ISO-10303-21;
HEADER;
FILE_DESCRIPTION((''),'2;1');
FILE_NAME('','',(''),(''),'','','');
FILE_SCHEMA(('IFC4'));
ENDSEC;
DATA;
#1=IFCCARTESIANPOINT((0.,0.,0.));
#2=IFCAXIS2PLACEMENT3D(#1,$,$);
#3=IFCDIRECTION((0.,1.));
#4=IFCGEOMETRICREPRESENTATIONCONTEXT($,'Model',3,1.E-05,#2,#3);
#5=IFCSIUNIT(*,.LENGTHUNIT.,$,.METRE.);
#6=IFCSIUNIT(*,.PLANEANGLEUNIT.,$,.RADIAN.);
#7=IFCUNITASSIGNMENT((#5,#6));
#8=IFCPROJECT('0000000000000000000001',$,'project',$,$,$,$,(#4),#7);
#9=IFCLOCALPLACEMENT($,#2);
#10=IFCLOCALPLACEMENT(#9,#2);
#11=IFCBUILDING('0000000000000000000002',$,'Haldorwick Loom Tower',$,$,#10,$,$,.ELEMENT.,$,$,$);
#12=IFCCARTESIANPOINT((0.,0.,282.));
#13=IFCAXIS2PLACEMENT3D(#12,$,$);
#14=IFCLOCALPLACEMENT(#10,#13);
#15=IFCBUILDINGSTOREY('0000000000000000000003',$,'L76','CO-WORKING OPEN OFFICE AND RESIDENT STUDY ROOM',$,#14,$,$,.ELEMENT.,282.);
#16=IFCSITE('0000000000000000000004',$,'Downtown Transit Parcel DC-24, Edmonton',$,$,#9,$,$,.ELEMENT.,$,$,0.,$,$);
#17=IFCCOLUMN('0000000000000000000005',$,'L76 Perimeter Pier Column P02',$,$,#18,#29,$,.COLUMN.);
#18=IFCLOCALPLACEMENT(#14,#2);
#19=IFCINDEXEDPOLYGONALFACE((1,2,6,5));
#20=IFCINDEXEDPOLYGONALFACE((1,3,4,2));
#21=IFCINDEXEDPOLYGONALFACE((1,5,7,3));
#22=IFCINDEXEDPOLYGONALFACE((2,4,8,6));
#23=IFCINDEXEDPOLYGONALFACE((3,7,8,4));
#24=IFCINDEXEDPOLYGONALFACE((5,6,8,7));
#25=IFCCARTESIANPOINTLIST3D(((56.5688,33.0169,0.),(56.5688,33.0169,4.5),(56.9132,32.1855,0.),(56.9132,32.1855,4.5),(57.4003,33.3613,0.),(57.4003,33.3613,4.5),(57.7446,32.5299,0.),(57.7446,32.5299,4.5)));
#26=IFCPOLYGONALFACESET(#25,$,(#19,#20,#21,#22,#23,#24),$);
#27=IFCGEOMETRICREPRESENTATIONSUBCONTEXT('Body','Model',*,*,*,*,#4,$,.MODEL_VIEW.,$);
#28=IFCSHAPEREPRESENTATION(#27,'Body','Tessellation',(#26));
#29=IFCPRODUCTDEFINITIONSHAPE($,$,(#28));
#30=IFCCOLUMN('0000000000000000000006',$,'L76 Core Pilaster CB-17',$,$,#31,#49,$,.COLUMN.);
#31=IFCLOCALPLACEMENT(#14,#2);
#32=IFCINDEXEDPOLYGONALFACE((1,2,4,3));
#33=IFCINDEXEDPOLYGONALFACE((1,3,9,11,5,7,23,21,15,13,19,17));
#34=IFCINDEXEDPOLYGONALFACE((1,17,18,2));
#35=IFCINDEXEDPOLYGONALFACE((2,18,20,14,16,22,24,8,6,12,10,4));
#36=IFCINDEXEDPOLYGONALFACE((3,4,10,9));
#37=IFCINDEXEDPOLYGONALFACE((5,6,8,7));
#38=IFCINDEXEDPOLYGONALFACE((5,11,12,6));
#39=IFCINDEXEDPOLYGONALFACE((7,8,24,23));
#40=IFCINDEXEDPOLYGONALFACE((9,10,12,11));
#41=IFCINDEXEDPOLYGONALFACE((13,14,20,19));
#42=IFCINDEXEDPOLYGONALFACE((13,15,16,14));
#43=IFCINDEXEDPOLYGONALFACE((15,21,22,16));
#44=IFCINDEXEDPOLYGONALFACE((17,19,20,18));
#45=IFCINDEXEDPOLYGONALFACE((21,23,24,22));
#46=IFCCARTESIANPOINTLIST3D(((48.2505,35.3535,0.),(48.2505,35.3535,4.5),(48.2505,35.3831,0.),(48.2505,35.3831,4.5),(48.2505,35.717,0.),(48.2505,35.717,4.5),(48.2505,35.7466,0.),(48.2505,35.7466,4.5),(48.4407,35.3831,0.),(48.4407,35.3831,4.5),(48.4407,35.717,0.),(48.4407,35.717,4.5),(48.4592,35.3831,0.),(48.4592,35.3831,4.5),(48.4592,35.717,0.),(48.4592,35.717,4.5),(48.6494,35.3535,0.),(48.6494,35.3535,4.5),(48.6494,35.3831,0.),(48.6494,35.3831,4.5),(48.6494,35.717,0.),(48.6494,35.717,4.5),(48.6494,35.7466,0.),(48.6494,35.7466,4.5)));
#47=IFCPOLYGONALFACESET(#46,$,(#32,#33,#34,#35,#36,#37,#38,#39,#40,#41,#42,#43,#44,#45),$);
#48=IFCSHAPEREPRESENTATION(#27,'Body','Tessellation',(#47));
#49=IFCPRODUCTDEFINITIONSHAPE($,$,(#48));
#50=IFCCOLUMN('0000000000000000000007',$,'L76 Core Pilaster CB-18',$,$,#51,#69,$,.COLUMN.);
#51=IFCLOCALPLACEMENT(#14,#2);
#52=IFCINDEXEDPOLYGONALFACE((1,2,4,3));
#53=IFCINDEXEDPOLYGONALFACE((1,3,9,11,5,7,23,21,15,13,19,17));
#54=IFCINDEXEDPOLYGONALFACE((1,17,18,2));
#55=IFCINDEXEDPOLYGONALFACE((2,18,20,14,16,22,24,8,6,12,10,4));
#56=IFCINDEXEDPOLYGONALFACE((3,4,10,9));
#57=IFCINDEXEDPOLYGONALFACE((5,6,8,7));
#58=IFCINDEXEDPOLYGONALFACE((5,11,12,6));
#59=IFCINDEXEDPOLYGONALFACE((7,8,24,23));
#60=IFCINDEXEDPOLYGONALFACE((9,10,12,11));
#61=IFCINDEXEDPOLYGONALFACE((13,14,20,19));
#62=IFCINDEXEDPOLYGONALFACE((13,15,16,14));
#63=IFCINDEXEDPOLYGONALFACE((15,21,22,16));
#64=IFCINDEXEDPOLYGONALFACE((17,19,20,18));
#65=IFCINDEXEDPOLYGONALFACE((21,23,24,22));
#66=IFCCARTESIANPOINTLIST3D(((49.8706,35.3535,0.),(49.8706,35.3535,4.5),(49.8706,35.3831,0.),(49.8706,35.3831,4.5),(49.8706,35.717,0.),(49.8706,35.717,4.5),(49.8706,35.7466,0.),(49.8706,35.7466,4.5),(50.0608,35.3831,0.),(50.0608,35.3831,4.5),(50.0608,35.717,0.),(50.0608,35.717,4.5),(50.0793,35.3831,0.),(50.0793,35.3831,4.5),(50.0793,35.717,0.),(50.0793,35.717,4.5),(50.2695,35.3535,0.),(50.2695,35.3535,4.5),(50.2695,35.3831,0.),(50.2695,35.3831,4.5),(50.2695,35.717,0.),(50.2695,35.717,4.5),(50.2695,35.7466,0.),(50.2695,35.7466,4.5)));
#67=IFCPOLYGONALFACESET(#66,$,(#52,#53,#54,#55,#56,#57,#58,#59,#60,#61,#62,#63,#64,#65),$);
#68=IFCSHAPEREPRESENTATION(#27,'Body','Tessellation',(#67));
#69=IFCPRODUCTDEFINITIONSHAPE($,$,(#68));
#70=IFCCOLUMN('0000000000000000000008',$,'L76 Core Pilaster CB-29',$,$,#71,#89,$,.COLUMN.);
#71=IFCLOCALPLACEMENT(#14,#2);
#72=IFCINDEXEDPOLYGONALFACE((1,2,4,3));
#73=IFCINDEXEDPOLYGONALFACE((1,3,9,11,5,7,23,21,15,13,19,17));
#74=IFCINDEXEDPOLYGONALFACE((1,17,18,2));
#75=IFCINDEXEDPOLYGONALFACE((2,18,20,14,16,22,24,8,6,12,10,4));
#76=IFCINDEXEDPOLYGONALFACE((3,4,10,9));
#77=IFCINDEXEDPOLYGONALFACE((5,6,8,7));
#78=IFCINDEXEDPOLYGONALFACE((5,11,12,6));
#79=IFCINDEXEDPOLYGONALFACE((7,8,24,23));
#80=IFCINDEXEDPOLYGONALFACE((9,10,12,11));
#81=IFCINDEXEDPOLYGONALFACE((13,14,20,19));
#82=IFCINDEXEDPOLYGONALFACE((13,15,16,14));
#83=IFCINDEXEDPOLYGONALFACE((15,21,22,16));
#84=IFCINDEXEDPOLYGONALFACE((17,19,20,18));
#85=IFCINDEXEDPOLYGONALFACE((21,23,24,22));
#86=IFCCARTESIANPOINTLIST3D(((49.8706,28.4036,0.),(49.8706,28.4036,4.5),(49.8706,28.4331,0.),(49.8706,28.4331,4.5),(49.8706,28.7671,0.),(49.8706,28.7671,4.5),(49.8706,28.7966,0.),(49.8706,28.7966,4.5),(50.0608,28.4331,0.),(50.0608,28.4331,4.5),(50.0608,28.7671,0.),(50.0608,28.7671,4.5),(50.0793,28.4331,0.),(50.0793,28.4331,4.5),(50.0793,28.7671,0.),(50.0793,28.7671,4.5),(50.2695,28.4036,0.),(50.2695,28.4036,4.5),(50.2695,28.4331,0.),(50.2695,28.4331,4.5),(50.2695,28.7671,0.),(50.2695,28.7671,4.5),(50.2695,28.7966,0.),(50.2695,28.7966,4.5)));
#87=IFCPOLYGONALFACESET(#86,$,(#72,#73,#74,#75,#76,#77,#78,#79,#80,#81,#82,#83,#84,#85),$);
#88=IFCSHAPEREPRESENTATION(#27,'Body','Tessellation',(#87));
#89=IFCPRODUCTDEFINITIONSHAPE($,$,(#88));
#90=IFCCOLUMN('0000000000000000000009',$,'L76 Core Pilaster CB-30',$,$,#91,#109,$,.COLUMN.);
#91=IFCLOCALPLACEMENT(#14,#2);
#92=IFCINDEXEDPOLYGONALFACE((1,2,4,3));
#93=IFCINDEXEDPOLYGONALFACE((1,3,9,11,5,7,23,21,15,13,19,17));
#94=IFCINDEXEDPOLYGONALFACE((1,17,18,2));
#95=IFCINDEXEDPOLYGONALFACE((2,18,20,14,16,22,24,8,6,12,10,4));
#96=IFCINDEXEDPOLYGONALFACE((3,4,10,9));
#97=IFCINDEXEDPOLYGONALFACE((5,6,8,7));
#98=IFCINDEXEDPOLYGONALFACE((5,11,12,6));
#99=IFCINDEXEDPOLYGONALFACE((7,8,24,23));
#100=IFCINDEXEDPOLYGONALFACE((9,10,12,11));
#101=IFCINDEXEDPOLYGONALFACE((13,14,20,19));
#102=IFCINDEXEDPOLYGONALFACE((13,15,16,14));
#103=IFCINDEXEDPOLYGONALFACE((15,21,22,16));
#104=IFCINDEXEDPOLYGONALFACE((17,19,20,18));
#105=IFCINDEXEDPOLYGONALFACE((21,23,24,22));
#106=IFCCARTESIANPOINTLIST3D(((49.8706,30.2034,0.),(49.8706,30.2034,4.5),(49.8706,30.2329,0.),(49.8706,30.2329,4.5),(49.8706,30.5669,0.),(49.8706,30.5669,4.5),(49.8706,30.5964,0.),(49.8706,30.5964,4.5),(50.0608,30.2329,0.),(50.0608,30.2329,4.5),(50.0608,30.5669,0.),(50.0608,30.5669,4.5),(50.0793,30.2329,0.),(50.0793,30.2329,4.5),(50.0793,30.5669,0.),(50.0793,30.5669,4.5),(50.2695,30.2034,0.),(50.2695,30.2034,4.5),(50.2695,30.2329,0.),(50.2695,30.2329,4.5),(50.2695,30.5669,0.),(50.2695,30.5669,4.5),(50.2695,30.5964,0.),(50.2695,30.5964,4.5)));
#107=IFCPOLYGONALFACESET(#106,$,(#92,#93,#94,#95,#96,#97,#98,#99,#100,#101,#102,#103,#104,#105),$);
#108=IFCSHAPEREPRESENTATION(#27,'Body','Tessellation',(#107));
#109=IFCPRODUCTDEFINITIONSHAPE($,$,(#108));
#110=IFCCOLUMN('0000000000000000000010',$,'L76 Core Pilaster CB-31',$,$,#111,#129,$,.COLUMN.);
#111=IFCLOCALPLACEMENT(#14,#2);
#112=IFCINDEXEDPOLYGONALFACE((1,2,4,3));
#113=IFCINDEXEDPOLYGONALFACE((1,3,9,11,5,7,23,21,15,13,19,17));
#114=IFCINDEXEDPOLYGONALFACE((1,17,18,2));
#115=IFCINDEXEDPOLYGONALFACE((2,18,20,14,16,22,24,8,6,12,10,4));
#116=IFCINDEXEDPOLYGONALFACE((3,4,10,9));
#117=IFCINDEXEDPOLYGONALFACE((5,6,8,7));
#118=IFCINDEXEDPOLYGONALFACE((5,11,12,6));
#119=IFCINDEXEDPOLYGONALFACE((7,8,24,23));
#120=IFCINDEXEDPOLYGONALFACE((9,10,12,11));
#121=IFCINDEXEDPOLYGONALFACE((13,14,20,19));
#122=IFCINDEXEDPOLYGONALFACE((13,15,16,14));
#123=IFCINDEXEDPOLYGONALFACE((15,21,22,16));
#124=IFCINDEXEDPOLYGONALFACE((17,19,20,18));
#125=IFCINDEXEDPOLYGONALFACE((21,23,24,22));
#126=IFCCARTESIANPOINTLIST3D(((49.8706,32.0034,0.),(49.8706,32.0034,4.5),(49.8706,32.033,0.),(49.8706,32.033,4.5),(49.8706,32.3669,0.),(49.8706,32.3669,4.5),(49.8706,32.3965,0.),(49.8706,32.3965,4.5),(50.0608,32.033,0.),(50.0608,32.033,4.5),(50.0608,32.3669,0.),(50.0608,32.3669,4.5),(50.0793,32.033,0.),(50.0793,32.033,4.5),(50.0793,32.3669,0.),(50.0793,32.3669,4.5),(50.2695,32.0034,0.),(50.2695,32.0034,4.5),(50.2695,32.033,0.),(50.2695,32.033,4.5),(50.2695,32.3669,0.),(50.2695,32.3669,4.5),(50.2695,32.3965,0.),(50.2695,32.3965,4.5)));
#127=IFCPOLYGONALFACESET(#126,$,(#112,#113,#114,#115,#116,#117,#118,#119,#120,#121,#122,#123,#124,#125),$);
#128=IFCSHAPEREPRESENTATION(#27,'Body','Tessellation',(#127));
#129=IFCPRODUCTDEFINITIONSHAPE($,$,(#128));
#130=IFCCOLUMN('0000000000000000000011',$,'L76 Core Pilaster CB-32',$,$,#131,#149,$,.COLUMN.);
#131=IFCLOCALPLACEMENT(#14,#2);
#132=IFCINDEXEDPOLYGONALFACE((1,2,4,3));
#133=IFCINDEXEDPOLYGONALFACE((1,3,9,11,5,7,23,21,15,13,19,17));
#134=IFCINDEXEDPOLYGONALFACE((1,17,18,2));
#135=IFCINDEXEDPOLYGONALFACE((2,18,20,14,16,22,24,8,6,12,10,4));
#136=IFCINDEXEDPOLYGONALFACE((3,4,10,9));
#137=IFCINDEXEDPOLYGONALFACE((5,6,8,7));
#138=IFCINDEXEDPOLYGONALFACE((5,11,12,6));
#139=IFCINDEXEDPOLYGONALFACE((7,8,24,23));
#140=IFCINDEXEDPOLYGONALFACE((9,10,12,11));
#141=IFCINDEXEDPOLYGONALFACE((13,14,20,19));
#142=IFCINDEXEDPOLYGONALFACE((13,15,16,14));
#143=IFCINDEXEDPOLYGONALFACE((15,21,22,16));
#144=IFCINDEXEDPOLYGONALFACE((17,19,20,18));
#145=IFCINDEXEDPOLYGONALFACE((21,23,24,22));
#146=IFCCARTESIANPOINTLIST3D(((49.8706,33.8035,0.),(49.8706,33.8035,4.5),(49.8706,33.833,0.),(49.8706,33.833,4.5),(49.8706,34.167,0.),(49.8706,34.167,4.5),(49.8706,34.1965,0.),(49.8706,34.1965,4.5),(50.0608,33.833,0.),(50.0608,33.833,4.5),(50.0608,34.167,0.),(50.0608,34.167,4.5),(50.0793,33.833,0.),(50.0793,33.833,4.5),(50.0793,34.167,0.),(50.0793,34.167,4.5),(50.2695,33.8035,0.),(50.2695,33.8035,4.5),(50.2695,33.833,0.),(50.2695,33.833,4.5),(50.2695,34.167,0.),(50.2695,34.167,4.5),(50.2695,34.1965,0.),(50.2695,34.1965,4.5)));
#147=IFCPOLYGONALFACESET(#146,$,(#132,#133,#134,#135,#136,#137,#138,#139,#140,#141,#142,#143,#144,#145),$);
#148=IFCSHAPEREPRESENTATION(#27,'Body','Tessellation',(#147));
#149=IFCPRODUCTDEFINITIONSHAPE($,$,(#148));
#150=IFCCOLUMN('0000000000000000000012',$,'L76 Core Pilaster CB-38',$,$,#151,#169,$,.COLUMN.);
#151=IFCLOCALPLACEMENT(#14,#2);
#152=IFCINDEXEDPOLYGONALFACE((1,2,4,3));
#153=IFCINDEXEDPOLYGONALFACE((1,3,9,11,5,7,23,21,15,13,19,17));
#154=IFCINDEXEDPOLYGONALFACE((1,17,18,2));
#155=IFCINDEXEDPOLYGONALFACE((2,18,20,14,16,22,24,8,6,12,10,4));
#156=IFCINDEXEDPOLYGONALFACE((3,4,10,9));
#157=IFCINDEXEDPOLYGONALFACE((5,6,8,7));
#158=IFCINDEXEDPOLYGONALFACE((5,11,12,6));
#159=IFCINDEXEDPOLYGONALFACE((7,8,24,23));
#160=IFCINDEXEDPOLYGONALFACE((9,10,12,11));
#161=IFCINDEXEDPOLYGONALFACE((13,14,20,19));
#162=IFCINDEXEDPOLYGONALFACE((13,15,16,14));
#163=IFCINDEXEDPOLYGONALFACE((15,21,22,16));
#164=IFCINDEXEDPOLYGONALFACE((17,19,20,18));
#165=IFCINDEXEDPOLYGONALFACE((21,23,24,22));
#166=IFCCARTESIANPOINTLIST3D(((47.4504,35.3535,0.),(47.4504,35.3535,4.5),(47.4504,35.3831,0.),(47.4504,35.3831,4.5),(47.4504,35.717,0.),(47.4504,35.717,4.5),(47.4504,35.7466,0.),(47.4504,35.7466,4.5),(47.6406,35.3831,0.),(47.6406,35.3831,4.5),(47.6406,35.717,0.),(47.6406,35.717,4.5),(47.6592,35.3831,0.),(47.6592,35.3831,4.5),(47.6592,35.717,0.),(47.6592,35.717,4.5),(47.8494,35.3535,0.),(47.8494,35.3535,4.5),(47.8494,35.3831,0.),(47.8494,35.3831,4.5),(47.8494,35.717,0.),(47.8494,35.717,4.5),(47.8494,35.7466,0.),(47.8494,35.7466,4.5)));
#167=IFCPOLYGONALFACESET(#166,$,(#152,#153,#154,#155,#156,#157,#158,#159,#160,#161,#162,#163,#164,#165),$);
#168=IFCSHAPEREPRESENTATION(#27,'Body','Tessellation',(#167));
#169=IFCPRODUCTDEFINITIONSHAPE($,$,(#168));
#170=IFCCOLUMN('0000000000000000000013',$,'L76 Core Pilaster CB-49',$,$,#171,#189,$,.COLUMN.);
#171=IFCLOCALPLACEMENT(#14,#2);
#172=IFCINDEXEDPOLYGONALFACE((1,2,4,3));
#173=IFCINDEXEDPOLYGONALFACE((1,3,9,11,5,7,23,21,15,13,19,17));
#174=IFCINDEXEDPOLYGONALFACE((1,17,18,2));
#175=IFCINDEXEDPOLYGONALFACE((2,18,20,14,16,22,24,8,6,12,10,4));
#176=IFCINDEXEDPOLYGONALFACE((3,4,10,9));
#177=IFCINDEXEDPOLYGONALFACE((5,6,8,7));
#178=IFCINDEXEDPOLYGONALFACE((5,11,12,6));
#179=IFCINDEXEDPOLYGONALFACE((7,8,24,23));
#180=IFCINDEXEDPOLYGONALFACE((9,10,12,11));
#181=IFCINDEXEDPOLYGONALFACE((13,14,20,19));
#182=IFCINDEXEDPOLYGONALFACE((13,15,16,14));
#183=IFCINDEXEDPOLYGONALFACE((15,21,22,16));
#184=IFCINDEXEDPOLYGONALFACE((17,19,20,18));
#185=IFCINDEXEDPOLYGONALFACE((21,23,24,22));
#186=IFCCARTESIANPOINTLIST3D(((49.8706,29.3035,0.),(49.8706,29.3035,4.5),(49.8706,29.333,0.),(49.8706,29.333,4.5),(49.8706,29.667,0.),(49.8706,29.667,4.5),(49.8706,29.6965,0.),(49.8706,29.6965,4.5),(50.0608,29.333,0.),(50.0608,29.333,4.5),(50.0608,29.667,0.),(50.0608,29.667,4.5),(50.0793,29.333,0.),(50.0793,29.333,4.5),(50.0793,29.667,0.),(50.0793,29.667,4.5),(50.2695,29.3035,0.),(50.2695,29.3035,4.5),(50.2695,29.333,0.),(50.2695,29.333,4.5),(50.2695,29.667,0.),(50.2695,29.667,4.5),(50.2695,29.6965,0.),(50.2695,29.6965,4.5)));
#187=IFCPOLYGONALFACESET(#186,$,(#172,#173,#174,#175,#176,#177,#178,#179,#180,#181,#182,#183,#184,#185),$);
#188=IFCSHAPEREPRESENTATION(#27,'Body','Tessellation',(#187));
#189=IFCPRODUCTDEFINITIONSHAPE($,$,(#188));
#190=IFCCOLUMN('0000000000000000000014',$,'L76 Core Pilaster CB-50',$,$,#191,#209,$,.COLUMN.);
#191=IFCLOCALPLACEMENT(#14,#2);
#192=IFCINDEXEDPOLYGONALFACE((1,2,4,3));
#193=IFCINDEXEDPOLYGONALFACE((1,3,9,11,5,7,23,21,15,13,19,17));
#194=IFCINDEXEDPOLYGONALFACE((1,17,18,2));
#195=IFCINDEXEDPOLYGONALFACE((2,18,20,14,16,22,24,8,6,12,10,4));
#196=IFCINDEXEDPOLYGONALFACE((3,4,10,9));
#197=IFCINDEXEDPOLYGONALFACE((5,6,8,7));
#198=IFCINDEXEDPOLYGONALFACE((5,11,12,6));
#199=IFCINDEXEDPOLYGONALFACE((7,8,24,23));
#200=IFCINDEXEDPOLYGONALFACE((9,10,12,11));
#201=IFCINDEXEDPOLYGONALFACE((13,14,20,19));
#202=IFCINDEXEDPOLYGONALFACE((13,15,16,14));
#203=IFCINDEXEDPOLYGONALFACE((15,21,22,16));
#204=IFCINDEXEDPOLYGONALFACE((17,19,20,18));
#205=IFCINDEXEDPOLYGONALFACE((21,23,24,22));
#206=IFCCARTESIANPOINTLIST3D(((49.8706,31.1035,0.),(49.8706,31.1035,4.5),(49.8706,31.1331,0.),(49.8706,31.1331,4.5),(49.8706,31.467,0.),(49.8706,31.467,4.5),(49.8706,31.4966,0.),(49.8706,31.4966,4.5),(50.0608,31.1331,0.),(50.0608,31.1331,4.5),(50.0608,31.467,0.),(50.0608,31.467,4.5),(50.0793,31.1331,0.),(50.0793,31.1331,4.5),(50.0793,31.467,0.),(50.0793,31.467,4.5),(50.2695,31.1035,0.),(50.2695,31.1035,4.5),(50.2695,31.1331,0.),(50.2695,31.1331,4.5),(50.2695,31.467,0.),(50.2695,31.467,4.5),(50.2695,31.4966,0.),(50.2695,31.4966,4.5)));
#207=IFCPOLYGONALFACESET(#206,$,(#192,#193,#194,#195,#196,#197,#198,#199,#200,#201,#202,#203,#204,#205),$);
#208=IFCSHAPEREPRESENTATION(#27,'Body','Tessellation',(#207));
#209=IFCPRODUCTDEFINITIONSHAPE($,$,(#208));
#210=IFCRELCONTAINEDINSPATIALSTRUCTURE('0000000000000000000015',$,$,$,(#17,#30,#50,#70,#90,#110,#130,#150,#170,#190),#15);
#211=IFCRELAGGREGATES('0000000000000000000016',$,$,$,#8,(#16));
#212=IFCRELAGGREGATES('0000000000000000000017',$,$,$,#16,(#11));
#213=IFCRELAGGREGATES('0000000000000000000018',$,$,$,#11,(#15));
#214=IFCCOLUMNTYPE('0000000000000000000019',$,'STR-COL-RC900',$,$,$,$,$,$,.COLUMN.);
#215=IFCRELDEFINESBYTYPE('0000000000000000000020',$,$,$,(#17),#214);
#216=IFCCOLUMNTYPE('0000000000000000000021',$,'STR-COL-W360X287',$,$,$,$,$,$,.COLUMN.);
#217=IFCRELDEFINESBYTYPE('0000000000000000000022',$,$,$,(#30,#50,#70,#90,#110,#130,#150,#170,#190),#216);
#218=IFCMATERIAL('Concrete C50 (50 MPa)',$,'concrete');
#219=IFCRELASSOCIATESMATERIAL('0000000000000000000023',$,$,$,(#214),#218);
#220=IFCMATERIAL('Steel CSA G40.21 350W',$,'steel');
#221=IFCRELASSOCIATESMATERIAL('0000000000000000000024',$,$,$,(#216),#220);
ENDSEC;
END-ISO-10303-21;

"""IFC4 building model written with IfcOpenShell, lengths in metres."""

from ifc_helpers import new_model, si_unit, direction, frame, origin, origin_2d, place, context, subcontext, project, spatial, rectangle, i_section, extrude, material, material_profile, profile_set, type_object, element, save


model = new_model("IFC4")

# Units and contexts
model_context = context("Model", 3, precision=1e-05, world=origin(), true_north=direction((0.0, 1.0)))
body_context = subcontext(model_context, "Body", "Model", "MODEL_VIEW")
ifc_project = project(units=[si_unit("LENGTHUNIT", "METRE"), si_unit("PLANEANGLEUNIT", "RADIAN")], contexts=[model_context])

# Site, building, storey
site_placement = place(None, origin())
site = spatial("IfcSite", under=ifc_project, at=site_placement, Name="Downtown Transit Parcel DC-24, Edmonton", CompositionType="ELEMENT", RefElevation=0.0)
building_placement = place(site_placement, origin())
building = spatial("IfcBuilding", under=site, at=building_placement, Name="Haldorwick Loom Tower", CompositionType="ELEMENT")
storey_placement = place(building_placement, frame((0.0, 0.0, 282.0)))
storey = spatial("IfcBuildingStorey", under=building, at=storey_placement, Name="L76", Description="CO-WORKING OPEN OFFICE AND RESIDENT STUDY ROOM", CompositionType="ELEMENT", Elevation=282.0)

# Columns
ifc_material_1 = material(Name="Concrete C50 (50 MPa)", Category="concrete")
ifc_material_profile_1 = material_profile(ifc_material_1, rectangle(XDim=0.8999, YDim=0.8999, at=origin_2d()), Name="RC900X900", Category="concrete")
ifc_profile_set_1 = profile_set([ifc_material_profile_1], Name="Concrete C50 (50 MPa)")
column_type_1 = type_object("IfcColumnType", Name="STR-COL-RC900", PredefinedType="COLUMN", material=ifc_profile_set_1)
column_placement = place(storey_placement, frame((57.1567, 32.7734, 0.0), z_axis=(0.0, 0.0, 1.0), x_axis=(0.92388, 0.382683, 0.0)))
element("IfcColumn", 1, at=column_placement, inside=storey, type_object=column_type_1, Name="L76 Perimeter Pier Column P02", PredefinedType="COLUMN", context=body_context, shape_type="SweptSolid", body=[
    extrude(rectangle(XDim=0.8999, YDim=0.8999, at=origin_2d()), origin(), (0.0, 0.0, 1.0), 4.5),
])
ifc_material_2 = material(Name="Steel CSA G40.21 350W", Category="steel")
ifc_material_profile_2 = material_profile(ifc_material_2, i_section(OverallWidth=0.3989, OverallDepth=0.3931, WebThickness=0.0186, FlangeThickness=0.0295, at=origin_2d()), Name="W360X287", Category="steel")
ifc_profile_set_2 = profile_set([ifc_material_profile_2], Name="Steel CSA G40.21 350W")
column_type_2 = type_object("IfcColumnType", Name="STR-COL-W360X287", PredefinedType="COLUMN", material=ifc_profile_set_2)
for number, where, z_axis, x_axis, name in (
    (2, (48.45, 35.55, 0.0), (0.0, 0.0, 1.0), (1.0, 0.0, 0.0), "L76 Core Pilaster CB-17"),
    (3, (50.0701, 35.55, 0.0), (0.0, 0.0, 1.0), (1.0, 0.0, 0.0), "L76 Core Pilaster CB-18"),
    (4, (50.0701, 28.6001, 0.0), (0.0, 0.0, 1.0), (1.0, 0.0, 0.0), "L76 Core Pilaster CB-29"),
    (5, (50.0701, 30.3999, 0.0), (0.0, 0.0, 1.0), (1.0, 0.0, 0.0), "L76 Core Pilaster CB-30"),
    (6, (50.0701, 32.2, 0.0), (0.0, 0.0, 1.0), (1.0, 0.0, 0.0), "L76 Core Pilaster CB-31"),
    (7, (50.0701, 34.0, 0.0), (0.0, 0.0, 1.0), (1.0, 0.0, 0.0), "L76 Core Pilaster CB-32"),
    (8, (47.6499, 35.55, 0.0), (0.0, 0.0, 1.0), (1.0, 0.0, 0.0), "L76 Core Pilaster CB-38"),
    (9, (50.0701, 29.5, 0.0), (0.0, 0.0, 1.0), (1.0, 0.0, 0.0), "L76 Core Pilaster CB-49"),
    (10, (50.0701, 31.3, 0.0), (0.0, 0.0, 1.0), (1.0, 0.0, 0.0), "L76 Core Pilaster CB-50"),
):
    element("IfcColumn", number, at=place(storey_placement, frame(where, z_axis=z_axis, x_axis=x_axis)), inside=storey, type_object=column_type_2, Name=name, PredefinedType="COLUMN", context=body_context, shape_type="SweptSolid", body=[
        extrude(i_section(OverallWidth=0.3989, OverallDepth=0.3931, WebThickness=0.0186, FlangeThickness=0.0295, at=origin_2d()), origin(), (0.0, 0.0, 1.0), 4.5),
    ])

save(model, "model.ifc")
